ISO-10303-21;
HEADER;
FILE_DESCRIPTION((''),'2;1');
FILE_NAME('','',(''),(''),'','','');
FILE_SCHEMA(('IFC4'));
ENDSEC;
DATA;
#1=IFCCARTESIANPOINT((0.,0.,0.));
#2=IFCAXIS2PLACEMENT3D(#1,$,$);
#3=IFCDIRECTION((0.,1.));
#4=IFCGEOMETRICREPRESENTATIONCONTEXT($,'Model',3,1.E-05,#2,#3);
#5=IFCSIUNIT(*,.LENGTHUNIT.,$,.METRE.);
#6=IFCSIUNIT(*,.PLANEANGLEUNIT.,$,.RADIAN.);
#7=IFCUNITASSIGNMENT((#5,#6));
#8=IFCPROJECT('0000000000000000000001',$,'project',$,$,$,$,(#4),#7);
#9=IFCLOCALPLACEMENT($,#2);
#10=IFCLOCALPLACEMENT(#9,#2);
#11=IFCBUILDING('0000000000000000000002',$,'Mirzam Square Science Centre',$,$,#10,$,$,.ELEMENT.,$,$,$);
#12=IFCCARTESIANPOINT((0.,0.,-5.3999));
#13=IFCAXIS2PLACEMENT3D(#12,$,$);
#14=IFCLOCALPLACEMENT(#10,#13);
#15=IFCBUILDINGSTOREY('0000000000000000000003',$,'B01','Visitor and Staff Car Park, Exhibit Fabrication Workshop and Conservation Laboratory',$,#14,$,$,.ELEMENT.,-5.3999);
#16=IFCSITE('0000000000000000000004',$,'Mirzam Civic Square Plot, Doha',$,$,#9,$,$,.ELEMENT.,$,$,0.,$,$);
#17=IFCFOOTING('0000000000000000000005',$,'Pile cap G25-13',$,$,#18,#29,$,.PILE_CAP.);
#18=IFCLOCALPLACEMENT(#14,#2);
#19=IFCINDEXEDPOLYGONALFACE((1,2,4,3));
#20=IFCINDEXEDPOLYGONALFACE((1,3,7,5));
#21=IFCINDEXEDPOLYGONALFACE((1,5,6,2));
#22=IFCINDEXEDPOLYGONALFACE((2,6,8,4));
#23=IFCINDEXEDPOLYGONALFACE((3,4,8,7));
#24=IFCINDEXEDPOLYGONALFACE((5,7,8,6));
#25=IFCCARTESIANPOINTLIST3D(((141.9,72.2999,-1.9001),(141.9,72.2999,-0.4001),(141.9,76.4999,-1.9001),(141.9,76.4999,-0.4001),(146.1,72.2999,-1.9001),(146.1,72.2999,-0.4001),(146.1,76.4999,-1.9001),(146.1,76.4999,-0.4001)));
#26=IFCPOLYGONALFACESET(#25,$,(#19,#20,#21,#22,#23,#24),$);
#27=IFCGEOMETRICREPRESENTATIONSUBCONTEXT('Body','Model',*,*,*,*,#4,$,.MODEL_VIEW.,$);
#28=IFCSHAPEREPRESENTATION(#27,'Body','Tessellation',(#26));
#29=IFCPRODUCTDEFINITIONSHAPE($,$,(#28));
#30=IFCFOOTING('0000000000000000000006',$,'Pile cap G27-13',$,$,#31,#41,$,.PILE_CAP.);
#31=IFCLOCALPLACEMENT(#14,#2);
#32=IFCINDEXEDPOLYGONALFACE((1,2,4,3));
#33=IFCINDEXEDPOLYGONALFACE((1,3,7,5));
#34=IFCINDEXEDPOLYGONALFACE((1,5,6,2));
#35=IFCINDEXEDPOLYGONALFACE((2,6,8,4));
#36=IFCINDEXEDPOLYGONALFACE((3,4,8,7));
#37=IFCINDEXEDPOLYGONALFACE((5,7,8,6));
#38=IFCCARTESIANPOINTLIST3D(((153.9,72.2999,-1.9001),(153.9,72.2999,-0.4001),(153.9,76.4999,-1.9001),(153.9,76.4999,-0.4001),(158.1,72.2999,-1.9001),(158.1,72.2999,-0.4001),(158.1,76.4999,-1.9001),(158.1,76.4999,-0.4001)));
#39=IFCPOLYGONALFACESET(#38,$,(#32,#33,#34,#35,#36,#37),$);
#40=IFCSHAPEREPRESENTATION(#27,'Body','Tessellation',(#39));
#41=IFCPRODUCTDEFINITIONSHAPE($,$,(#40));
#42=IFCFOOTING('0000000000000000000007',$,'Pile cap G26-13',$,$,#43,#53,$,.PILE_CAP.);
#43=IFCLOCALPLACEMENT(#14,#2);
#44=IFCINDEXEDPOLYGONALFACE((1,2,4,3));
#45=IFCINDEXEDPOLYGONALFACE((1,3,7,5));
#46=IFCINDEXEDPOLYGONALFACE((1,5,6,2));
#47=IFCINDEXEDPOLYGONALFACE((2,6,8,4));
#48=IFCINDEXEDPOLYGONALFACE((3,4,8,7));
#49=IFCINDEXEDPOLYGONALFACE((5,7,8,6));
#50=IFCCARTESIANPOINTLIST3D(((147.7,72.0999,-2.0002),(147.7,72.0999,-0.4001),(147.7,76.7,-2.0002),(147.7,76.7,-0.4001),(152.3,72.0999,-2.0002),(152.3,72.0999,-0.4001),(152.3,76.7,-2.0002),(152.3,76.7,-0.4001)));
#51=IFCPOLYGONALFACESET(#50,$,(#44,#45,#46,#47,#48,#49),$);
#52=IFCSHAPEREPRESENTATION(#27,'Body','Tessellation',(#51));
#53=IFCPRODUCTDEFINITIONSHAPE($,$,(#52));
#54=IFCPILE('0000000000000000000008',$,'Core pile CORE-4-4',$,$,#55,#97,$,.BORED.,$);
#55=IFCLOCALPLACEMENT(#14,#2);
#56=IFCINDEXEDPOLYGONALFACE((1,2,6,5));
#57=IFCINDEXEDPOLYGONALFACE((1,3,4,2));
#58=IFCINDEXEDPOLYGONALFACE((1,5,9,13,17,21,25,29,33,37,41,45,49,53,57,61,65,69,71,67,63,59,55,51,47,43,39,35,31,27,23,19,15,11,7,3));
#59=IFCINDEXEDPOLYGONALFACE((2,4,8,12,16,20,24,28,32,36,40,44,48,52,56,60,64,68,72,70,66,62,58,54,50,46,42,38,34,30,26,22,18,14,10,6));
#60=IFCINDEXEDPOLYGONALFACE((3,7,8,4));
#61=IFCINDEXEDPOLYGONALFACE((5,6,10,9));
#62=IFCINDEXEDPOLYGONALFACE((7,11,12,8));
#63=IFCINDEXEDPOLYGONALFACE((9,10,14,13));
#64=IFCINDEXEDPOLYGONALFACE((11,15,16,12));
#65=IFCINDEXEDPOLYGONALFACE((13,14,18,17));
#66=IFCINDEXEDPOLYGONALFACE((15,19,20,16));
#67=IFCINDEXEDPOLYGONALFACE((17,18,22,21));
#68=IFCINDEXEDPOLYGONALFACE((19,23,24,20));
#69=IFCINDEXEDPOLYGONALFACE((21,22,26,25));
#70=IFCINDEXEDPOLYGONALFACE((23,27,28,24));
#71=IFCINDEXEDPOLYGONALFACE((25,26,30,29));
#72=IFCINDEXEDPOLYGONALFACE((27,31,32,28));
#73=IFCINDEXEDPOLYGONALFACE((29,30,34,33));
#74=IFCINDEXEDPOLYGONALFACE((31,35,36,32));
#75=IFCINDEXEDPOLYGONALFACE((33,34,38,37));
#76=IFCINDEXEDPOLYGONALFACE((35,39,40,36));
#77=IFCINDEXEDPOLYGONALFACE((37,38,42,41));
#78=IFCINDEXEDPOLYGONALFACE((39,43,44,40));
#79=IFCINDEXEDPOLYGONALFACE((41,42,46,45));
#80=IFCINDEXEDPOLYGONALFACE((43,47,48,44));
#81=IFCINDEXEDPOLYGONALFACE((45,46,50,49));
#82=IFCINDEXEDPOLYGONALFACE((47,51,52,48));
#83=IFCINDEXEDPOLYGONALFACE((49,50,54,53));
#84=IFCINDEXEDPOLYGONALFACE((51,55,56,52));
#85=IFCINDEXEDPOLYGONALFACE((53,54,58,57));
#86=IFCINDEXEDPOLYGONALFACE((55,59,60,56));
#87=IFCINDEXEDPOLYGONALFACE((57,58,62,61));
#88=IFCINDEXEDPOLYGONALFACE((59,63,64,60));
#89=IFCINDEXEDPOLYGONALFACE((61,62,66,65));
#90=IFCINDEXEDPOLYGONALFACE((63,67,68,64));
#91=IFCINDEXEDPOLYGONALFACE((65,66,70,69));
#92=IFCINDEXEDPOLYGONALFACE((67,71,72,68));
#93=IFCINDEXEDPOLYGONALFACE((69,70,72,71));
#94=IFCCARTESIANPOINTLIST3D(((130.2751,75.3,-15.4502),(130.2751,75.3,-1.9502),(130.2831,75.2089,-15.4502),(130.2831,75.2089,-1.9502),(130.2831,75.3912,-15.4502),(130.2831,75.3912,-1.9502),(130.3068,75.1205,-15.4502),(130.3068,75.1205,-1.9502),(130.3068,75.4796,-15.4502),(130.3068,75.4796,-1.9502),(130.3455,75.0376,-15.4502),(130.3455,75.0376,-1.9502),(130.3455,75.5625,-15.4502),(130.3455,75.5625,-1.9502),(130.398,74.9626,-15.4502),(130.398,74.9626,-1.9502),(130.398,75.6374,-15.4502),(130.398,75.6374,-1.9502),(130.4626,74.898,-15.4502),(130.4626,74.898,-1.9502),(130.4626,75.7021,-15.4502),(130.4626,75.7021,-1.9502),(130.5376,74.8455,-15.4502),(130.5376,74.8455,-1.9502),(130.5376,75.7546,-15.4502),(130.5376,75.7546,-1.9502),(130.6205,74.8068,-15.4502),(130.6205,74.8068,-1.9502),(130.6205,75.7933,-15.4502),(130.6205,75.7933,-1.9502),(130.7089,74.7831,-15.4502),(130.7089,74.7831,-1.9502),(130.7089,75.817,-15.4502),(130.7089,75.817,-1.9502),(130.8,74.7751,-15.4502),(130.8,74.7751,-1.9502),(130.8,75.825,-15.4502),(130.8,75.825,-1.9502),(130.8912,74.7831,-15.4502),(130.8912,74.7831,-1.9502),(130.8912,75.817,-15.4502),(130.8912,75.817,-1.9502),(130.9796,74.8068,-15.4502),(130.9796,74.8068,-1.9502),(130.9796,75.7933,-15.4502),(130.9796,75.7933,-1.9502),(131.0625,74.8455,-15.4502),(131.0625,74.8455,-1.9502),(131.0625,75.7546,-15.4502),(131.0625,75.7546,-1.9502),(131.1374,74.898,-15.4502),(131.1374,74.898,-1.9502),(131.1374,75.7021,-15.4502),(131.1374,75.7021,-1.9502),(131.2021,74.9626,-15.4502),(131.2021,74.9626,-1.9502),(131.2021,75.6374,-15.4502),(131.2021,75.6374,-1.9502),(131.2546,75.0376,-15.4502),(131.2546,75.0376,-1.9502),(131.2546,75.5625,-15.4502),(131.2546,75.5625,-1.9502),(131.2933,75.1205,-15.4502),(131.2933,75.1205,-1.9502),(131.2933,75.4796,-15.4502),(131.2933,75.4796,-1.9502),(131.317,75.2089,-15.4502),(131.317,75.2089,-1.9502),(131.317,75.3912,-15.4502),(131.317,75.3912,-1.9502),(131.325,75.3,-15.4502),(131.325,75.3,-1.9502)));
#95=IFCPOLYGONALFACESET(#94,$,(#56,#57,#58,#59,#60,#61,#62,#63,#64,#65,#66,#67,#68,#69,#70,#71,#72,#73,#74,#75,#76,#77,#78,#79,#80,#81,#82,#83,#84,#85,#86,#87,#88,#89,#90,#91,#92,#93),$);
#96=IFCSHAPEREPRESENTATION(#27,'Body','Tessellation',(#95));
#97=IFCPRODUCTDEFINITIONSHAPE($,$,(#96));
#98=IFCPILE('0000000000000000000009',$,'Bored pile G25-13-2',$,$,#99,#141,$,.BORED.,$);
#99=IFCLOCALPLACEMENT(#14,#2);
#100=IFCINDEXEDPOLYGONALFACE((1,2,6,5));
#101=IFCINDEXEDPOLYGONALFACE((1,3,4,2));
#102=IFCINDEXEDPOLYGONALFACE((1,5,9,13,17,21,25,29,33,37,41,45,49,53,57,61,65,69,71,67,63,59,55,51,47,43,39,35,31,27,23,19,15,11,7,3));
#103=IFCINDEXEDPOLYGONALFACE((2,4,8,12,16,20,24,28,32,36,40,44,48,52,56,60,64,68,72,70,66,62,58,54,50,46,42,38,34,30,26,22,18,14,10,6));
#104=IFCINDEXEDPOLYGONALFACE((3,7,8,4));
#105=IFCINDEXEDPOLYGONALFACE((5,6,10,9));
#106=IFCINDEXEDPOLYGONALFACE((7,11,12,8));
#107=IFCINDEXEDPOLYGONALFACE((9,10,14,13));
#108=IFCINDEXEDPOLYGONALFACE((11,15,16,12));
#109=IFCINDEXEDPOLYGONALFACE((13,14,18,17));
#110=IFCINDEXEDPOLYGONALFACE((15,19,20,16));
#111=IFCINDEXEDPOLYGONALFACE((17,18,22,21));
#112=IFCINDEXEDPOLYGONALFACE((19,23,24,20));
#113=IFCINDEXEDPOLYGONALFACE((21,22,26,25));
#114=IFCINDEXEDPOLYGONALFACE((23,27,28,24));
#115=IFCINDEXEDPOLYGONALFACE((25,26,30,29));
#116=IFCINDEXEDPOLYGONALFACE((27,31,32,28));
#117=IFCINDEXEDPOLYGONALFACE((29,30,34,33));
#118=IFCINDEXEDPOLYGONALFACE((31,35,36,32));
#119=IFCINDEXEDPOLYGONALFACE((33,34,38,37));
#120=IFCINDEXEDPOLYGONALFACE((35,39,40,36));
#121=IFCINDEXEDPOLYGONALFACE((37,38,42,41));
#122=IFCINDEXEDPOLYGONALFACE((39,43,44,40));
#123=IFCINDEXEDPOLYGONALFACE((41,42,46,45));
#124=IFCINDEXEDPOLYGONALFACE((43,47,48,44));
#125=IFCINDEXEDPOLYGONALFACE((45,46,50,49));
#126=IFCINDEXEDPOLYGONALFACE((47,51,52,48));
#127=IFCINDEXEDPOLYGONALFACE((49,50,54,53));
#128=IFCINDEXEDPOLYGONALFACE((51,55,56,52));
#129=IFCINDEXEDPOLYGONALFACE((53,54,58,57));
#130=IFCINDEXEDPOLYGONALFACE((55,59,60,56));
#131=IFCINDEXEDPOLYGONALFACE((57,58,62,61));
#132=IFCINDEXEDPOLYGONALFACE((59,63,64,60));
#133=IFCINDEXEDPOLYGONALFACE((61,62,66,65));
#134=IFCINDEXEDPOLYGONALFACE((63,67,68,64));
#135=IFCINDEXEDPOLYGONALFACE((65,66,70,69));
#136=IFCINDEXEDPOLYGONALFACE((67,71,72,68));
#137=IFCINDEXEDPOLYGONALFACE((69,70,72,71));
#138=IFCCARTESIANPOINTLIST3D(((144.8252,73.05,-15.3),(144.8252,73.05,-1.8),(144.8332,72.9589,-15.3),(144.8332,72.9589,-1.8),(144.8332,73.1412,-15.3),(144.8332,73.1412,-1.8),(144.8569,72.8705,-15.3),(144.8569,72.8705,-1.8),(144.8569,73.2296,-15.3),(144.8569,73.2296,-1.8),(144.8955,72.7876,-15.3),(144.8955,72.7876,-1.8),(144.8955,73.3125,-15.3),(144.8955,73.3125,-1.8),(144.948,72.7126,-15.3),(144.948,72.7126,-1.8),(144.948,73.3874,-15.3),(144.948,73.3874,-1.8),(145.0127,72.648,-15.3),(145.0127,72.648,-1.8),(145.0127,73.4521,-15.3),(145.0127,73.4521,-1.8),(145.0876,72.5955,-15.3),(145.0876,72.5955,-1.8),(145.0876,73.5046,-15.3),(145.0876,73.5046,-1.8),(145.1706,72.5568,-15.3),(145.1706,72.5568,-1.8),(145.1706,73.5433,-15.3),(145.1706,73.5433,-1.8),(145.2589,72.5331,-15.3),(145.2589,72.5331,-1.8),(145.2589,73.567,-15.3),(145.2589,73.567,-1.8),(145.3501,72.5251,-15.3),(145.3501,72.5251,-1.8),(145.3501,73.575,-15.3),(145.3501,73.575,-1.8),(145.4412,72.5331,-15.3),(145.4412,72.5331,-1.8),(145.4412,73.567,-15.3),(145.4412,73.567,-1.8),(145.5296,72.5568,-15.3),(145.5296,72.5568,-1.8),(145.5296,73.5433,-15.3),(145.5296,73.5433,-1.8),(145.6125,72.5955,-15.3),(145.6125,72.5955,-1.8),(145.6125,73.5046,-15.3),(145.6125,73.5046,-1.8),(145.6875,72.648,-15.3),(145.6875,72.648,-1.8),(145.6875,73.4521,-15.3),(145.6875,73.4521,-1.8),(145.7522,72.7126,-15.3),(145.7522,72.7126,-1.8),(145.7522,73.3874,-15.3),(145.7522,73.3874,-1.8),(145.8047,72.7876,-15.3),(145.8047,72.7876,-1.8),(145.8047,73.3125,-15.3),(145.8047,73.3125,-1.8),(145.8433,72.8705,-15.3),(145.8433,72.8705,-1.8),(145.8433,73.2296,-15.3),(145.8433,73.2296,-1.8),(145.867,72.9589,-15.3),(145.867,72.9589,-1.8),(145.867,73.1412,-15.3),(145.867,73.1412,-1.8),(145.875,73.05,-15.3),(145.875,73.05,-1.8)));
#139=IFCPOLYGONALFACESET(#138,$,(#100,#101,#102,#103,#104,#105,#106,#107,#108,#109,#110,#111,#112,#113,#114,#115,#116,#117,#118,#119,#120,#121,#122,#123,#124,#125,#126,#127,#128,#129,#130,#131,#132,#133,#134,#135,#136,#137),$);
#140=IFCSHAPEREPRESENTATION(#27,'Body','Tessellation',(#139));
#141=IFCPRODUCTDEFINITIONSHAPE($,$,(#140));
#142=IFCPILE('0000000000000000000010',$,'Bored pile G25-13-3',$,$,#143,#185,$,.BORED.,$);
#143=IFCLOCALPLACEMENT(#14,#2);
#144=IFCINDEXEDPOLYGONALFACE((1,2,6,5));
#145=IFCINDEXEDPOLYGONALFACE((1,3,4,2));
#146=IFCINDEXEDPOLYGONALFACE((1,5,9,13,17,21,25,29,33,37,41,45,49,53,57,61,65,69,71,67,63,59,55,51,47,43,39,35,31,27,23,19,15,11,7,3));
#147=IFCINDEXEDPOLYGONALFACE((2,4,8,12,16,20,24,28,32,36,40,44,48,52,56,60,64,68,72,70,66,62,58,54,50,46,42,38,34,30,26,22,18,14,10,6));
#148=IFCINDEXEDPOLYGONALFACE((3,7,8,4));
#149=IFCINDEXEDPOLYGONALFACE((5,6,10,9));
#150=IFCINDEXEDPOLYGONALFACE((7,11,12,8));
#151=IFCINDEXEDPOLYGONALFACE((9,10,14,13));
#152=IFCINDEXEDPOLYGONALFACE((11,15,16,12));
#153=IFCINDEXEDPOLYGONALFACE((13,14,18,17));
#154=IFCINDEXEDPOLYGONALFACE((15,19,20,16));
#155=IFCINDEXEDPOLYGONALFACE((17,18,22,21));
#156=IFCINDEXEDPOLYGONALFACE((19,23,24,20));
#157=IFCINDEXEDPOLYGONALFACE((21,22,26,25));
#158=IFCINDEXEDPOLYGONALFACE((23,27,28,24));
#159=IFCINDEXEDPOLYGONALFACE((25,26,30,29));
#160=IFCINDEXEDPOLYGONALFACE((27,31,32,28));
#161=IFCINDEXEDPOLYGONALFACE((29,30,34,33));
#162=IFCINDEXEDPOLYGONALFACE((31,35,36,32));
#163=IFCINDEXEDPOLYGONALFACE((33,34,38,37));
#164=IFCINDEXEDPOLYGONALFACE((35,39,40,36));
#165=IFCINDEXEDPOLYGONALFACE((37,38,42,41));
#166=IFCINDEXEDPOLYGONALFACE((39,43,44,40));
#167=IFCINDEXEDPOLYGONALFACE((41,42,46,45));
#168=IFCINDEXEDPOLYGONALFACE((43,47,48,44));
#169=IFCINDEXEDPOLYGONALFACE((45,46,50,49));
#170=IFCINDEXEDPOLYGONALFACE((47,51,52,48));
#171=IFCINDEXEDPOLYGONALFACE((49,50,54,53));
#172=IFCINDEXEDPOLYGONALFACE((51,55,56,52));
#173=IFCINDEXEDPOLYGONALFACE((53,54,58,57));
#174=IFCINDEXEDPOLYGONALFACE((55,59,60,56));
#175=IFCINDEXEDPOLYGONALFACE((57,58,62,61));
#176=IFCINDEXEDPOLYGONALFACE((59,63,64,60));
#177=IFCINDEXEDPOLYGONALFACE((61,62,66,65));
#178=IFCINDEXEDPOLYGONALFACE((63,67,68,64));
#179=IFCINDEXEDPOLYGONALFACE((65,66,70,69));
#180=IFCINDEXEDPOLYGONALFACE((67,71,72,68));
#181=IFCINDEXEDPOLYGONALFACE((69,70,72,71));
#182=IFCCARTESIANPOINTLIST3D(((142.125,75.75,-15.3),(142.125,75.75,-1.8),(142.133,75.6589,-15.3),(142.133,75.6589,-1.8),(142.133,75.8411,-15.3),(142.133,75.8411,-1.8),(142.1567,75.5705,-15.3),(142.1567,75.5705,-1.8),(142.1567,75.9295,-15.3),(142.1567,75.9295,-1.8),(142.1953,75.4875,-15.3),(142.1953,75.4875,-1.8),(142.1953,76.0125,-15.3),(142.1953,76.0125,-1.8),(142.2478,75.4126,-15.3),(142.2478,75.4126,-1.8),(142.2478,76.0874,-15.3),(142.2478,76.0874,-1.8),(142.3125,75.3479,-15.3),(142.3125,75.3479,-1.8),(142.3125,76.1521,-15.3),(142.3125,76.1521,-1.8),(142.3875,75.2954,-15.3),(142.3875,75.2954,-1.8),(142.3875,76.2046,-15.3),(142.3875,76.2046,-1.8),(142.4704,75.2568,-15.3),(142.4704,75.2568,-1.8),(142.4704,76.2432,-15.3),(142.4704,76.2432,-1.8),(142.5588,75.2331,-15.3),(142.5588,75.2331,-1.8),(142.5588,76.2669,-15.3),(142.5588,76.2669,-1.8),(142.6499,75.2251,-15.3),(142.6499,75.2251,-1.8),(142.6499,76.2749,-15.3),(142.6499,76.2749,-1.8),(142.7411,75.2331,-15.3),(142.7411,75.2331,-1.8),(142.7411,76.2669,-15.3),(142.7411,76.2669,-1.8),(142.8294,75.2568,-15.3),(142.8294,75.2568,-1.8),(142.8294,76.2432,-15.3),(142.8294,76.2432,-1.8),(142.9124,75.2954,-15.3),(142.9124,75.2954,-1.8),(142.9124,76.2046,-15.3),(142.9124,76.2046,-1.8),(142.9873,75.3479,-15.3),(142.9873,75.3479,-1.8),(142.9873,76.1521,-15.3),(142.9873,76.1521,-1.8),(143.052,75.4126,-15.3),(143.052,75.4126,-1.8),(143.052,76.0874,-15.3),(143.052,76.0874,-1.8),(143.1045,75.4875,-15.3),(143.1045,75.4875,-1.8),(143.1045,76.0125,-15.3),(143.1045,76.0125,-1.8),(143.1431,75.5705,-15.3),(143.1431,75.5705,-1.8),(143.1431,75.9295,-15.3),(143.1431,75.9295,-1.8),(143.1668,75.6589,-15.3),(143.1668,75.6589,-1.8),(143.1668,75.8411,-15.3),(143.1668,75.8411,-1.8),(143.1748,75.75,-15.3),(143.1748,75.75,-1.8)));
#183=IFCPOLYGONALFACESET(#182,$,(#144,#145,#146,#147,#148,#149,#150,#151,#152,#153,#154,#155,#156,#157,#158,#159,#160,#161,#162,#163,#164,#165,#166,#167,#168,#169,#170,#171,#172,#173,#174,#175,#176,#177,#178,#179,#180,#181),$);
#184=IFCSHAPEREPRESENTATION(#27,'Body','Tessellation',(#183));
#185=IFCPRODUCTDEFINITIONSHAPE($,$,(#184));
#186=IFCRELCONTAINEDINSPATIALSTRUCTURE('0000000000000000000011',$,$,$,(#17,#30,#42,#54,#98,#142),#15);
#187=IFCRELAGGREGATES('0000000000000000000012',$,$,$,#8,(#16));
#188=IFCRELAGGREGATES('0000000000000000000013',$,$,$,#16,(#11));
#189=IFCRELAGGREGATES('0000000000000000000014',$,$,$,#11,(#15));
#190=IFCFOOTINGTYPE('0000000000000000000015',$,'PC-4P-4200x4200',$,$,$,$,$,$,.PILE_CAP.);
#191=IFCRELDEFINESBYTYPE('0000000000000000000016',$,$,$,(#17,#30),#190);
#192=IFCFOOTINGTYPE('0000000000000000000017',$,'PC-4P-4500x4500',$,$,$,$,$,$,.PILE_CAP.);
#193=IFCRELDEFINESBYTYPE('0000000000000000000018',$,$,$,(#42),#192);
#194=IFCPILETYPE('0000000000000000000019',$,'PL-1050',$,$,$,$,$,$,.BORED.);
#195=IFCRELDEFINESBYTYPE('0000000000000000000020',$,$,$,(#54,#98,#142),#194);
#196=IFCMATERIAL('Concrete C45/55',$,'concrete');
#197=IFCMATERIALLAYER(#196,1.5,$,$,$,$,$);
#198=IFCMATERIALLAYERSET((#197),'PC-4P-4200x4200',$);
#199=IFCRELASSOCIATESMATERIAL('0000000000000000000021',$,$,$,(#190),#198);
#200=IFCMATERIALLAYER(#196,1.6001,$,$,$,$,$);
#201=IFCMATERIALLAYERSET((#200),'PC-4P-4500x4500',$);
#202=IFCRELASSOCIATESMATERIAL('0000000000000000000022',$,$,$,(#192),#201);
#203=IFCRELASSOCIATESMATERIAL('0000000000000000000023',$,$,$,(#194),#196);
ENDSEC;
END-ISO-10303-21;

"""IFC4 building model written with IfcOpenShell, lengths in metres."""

from ifc_helpers import new_model, si_unit, direction, frame, origin, origin_2d, place, context, subcontext, project, spatial, rectangle, circle, extrude, material, layer, layer_set, material_profile, profile_set, type_object, element, save


model = new_model("IFC4")

# Units and contexts
model_context = context("Model", 3, precision=1e-05, world=origin(), true_north=direction((0.0, 1.0)))
body_context = subcontext(model_context, "Body", "Model", "MODEL_VIEW")
ifc_project = project(units=[si_unit("LENGTHUNIT", "METRE"), si_unit("PLANEANGLEUNIT", "RADIAN")], contexts=[model_context])

# Site, building, storey
site_placement = place(None, origin())
site = spatial("IfcSite", under=ifc_project, at=site_placement, Name="Mirzam Civic Square Plot, Doha", CompositionType="ELEMENT", RefElevation=0.0)
building_placement = place(site_placement, origin())
building = spatial("IfcBuilding", under=site, at=building_placement, Name="Mirzam Square Science Centre", CompositionType="ELEMENT")
storey_placement = place(building_placement, frame((0.0, 0.0, -5.3999)))
storey = spatial("IfcBuildingStorey", under=building, at=storey_placement, Name="B01", Description="Visitor and Staff Car Park, Exhibit Fabrication Workshop and Conservation Laboratory", CompositionType="ELEMENT", Elevation=-5.3999)

# Footings
ifc_material_1 = material(Name="Concrete C45/55", Category="concrete")
ifc_layer_1 = layer(ifc_material_1, 1.5)
ifc_layer_set_1 = layer_set([ifc_layer_1], Name="PC-4P-4200x4200")
footing_type_1 = type_object("IfcFootingType", Name="PC-4P-4200x4200", PredefinedType="PILE_CAP", material=ifc_layer_set_1)
for number, where, z_axis, x_axis, name in (
    (1, (144.0, 74.3999, -1.9001), (0.0, 0.0, 1.0), (1.0, 0.0, 0.0), "Pile cap G25-13"),
    (2, (156.0, 74.3999, -1.9001), (0.0, 0.0, 1.0), (1.0, 0.0, 0.0), "Pile cap G27-13"),
):
    element("IfcFooting", number, at=place(storey_placement, frame(where, z_axis=z_axis, x_axis=x_axis)), inside=storey, type_object=footing_type_1, Name=name, PredefinedType="PILE_CAP", context=body_context, shape_type="SweptSolid", body=[
        extrude(rectangle(XDim=4.2, YDim=4.2, at=origin_2d()), origin(), (0.0, 0.0, 1.0), 1.5),
    ])
ifc_layer_2 = layer(ifc_material_1, 1.6001)
ifc_layer_set_2 = layer_set([ifc_layer_2], Name="PC-4P-4500x4500")
footing_type_2 = type_object("IfcFootingType", Name="PC-4P-4500x4500", PredefinedType="PILE_CAP", material=ifc_layer_set_2)
footing_placement = place(storey_placement, frame((150.0, 74.3999, -2.0002), z_axis=(0.0, 0.0, 1.0), x_axis=(1.0, 0.0, 0.0)))
element("IfcFooting", 3, at=footing_placement, inside=storey, type_object=footing_type_2, Name="Pile cap G26-13", PredefinedType="PILE_CAP", context=body_context, shape_type="SweptSolid", body=[
    extrude(rectangle(XDim=4.6001, YDim=4.6001, at=origin_2d()), origin(), (0.0, 0.0, 1.0), 1.6001),
])

# Piles
ifc_material_profile_1 = material_profile(ifc_material_1, circle(Radius=0.5249, at=origin_2d()), Name="PILE-D1050")
ifc_profile_set_1 = profile_set([ifc_material_profile_1], Name="Concrete C45/55")
pile_type_1 = type_object("IfcPileType", Name="PL-1050", PredefinedType="BORED", material=ifc_profile_set_1)
for number, where, z_axis, x_axis, name in (
    (4, (130.8, 75.3, -1.9502), (0.0, 0.0, -1.0), (1.0, 0.0, 0.0), "Core pile CORE-4-4"),
    (5, (145.3501, 73.05, -1.8), (0.0, 0.0, -1.0), (1.0, 0.0, 0.0), "Bored pile G25-13-2"),
    (6, (142.6499, 75.75, -1.8), (0.0, 0.0, -1.0), (1.0, 0.0, 0.0), "Bored pile G25-13-3"),
):
    element("IfcPile", number, at=place(storey_placement, frame(where, z_axis=z_axis, x_axis=x_axis)), inside=storey, type_object=pile_type_1, Name=name, PredefinedType="BORED", context=body_context, shape_type="SweptSolid", body=[
        extrude(circle(Radius=0.5249, at=origin_2d()), origin(), (0.0, 0.0, 1.0), 13.5),
    ])

save(model, "model.ifc")
